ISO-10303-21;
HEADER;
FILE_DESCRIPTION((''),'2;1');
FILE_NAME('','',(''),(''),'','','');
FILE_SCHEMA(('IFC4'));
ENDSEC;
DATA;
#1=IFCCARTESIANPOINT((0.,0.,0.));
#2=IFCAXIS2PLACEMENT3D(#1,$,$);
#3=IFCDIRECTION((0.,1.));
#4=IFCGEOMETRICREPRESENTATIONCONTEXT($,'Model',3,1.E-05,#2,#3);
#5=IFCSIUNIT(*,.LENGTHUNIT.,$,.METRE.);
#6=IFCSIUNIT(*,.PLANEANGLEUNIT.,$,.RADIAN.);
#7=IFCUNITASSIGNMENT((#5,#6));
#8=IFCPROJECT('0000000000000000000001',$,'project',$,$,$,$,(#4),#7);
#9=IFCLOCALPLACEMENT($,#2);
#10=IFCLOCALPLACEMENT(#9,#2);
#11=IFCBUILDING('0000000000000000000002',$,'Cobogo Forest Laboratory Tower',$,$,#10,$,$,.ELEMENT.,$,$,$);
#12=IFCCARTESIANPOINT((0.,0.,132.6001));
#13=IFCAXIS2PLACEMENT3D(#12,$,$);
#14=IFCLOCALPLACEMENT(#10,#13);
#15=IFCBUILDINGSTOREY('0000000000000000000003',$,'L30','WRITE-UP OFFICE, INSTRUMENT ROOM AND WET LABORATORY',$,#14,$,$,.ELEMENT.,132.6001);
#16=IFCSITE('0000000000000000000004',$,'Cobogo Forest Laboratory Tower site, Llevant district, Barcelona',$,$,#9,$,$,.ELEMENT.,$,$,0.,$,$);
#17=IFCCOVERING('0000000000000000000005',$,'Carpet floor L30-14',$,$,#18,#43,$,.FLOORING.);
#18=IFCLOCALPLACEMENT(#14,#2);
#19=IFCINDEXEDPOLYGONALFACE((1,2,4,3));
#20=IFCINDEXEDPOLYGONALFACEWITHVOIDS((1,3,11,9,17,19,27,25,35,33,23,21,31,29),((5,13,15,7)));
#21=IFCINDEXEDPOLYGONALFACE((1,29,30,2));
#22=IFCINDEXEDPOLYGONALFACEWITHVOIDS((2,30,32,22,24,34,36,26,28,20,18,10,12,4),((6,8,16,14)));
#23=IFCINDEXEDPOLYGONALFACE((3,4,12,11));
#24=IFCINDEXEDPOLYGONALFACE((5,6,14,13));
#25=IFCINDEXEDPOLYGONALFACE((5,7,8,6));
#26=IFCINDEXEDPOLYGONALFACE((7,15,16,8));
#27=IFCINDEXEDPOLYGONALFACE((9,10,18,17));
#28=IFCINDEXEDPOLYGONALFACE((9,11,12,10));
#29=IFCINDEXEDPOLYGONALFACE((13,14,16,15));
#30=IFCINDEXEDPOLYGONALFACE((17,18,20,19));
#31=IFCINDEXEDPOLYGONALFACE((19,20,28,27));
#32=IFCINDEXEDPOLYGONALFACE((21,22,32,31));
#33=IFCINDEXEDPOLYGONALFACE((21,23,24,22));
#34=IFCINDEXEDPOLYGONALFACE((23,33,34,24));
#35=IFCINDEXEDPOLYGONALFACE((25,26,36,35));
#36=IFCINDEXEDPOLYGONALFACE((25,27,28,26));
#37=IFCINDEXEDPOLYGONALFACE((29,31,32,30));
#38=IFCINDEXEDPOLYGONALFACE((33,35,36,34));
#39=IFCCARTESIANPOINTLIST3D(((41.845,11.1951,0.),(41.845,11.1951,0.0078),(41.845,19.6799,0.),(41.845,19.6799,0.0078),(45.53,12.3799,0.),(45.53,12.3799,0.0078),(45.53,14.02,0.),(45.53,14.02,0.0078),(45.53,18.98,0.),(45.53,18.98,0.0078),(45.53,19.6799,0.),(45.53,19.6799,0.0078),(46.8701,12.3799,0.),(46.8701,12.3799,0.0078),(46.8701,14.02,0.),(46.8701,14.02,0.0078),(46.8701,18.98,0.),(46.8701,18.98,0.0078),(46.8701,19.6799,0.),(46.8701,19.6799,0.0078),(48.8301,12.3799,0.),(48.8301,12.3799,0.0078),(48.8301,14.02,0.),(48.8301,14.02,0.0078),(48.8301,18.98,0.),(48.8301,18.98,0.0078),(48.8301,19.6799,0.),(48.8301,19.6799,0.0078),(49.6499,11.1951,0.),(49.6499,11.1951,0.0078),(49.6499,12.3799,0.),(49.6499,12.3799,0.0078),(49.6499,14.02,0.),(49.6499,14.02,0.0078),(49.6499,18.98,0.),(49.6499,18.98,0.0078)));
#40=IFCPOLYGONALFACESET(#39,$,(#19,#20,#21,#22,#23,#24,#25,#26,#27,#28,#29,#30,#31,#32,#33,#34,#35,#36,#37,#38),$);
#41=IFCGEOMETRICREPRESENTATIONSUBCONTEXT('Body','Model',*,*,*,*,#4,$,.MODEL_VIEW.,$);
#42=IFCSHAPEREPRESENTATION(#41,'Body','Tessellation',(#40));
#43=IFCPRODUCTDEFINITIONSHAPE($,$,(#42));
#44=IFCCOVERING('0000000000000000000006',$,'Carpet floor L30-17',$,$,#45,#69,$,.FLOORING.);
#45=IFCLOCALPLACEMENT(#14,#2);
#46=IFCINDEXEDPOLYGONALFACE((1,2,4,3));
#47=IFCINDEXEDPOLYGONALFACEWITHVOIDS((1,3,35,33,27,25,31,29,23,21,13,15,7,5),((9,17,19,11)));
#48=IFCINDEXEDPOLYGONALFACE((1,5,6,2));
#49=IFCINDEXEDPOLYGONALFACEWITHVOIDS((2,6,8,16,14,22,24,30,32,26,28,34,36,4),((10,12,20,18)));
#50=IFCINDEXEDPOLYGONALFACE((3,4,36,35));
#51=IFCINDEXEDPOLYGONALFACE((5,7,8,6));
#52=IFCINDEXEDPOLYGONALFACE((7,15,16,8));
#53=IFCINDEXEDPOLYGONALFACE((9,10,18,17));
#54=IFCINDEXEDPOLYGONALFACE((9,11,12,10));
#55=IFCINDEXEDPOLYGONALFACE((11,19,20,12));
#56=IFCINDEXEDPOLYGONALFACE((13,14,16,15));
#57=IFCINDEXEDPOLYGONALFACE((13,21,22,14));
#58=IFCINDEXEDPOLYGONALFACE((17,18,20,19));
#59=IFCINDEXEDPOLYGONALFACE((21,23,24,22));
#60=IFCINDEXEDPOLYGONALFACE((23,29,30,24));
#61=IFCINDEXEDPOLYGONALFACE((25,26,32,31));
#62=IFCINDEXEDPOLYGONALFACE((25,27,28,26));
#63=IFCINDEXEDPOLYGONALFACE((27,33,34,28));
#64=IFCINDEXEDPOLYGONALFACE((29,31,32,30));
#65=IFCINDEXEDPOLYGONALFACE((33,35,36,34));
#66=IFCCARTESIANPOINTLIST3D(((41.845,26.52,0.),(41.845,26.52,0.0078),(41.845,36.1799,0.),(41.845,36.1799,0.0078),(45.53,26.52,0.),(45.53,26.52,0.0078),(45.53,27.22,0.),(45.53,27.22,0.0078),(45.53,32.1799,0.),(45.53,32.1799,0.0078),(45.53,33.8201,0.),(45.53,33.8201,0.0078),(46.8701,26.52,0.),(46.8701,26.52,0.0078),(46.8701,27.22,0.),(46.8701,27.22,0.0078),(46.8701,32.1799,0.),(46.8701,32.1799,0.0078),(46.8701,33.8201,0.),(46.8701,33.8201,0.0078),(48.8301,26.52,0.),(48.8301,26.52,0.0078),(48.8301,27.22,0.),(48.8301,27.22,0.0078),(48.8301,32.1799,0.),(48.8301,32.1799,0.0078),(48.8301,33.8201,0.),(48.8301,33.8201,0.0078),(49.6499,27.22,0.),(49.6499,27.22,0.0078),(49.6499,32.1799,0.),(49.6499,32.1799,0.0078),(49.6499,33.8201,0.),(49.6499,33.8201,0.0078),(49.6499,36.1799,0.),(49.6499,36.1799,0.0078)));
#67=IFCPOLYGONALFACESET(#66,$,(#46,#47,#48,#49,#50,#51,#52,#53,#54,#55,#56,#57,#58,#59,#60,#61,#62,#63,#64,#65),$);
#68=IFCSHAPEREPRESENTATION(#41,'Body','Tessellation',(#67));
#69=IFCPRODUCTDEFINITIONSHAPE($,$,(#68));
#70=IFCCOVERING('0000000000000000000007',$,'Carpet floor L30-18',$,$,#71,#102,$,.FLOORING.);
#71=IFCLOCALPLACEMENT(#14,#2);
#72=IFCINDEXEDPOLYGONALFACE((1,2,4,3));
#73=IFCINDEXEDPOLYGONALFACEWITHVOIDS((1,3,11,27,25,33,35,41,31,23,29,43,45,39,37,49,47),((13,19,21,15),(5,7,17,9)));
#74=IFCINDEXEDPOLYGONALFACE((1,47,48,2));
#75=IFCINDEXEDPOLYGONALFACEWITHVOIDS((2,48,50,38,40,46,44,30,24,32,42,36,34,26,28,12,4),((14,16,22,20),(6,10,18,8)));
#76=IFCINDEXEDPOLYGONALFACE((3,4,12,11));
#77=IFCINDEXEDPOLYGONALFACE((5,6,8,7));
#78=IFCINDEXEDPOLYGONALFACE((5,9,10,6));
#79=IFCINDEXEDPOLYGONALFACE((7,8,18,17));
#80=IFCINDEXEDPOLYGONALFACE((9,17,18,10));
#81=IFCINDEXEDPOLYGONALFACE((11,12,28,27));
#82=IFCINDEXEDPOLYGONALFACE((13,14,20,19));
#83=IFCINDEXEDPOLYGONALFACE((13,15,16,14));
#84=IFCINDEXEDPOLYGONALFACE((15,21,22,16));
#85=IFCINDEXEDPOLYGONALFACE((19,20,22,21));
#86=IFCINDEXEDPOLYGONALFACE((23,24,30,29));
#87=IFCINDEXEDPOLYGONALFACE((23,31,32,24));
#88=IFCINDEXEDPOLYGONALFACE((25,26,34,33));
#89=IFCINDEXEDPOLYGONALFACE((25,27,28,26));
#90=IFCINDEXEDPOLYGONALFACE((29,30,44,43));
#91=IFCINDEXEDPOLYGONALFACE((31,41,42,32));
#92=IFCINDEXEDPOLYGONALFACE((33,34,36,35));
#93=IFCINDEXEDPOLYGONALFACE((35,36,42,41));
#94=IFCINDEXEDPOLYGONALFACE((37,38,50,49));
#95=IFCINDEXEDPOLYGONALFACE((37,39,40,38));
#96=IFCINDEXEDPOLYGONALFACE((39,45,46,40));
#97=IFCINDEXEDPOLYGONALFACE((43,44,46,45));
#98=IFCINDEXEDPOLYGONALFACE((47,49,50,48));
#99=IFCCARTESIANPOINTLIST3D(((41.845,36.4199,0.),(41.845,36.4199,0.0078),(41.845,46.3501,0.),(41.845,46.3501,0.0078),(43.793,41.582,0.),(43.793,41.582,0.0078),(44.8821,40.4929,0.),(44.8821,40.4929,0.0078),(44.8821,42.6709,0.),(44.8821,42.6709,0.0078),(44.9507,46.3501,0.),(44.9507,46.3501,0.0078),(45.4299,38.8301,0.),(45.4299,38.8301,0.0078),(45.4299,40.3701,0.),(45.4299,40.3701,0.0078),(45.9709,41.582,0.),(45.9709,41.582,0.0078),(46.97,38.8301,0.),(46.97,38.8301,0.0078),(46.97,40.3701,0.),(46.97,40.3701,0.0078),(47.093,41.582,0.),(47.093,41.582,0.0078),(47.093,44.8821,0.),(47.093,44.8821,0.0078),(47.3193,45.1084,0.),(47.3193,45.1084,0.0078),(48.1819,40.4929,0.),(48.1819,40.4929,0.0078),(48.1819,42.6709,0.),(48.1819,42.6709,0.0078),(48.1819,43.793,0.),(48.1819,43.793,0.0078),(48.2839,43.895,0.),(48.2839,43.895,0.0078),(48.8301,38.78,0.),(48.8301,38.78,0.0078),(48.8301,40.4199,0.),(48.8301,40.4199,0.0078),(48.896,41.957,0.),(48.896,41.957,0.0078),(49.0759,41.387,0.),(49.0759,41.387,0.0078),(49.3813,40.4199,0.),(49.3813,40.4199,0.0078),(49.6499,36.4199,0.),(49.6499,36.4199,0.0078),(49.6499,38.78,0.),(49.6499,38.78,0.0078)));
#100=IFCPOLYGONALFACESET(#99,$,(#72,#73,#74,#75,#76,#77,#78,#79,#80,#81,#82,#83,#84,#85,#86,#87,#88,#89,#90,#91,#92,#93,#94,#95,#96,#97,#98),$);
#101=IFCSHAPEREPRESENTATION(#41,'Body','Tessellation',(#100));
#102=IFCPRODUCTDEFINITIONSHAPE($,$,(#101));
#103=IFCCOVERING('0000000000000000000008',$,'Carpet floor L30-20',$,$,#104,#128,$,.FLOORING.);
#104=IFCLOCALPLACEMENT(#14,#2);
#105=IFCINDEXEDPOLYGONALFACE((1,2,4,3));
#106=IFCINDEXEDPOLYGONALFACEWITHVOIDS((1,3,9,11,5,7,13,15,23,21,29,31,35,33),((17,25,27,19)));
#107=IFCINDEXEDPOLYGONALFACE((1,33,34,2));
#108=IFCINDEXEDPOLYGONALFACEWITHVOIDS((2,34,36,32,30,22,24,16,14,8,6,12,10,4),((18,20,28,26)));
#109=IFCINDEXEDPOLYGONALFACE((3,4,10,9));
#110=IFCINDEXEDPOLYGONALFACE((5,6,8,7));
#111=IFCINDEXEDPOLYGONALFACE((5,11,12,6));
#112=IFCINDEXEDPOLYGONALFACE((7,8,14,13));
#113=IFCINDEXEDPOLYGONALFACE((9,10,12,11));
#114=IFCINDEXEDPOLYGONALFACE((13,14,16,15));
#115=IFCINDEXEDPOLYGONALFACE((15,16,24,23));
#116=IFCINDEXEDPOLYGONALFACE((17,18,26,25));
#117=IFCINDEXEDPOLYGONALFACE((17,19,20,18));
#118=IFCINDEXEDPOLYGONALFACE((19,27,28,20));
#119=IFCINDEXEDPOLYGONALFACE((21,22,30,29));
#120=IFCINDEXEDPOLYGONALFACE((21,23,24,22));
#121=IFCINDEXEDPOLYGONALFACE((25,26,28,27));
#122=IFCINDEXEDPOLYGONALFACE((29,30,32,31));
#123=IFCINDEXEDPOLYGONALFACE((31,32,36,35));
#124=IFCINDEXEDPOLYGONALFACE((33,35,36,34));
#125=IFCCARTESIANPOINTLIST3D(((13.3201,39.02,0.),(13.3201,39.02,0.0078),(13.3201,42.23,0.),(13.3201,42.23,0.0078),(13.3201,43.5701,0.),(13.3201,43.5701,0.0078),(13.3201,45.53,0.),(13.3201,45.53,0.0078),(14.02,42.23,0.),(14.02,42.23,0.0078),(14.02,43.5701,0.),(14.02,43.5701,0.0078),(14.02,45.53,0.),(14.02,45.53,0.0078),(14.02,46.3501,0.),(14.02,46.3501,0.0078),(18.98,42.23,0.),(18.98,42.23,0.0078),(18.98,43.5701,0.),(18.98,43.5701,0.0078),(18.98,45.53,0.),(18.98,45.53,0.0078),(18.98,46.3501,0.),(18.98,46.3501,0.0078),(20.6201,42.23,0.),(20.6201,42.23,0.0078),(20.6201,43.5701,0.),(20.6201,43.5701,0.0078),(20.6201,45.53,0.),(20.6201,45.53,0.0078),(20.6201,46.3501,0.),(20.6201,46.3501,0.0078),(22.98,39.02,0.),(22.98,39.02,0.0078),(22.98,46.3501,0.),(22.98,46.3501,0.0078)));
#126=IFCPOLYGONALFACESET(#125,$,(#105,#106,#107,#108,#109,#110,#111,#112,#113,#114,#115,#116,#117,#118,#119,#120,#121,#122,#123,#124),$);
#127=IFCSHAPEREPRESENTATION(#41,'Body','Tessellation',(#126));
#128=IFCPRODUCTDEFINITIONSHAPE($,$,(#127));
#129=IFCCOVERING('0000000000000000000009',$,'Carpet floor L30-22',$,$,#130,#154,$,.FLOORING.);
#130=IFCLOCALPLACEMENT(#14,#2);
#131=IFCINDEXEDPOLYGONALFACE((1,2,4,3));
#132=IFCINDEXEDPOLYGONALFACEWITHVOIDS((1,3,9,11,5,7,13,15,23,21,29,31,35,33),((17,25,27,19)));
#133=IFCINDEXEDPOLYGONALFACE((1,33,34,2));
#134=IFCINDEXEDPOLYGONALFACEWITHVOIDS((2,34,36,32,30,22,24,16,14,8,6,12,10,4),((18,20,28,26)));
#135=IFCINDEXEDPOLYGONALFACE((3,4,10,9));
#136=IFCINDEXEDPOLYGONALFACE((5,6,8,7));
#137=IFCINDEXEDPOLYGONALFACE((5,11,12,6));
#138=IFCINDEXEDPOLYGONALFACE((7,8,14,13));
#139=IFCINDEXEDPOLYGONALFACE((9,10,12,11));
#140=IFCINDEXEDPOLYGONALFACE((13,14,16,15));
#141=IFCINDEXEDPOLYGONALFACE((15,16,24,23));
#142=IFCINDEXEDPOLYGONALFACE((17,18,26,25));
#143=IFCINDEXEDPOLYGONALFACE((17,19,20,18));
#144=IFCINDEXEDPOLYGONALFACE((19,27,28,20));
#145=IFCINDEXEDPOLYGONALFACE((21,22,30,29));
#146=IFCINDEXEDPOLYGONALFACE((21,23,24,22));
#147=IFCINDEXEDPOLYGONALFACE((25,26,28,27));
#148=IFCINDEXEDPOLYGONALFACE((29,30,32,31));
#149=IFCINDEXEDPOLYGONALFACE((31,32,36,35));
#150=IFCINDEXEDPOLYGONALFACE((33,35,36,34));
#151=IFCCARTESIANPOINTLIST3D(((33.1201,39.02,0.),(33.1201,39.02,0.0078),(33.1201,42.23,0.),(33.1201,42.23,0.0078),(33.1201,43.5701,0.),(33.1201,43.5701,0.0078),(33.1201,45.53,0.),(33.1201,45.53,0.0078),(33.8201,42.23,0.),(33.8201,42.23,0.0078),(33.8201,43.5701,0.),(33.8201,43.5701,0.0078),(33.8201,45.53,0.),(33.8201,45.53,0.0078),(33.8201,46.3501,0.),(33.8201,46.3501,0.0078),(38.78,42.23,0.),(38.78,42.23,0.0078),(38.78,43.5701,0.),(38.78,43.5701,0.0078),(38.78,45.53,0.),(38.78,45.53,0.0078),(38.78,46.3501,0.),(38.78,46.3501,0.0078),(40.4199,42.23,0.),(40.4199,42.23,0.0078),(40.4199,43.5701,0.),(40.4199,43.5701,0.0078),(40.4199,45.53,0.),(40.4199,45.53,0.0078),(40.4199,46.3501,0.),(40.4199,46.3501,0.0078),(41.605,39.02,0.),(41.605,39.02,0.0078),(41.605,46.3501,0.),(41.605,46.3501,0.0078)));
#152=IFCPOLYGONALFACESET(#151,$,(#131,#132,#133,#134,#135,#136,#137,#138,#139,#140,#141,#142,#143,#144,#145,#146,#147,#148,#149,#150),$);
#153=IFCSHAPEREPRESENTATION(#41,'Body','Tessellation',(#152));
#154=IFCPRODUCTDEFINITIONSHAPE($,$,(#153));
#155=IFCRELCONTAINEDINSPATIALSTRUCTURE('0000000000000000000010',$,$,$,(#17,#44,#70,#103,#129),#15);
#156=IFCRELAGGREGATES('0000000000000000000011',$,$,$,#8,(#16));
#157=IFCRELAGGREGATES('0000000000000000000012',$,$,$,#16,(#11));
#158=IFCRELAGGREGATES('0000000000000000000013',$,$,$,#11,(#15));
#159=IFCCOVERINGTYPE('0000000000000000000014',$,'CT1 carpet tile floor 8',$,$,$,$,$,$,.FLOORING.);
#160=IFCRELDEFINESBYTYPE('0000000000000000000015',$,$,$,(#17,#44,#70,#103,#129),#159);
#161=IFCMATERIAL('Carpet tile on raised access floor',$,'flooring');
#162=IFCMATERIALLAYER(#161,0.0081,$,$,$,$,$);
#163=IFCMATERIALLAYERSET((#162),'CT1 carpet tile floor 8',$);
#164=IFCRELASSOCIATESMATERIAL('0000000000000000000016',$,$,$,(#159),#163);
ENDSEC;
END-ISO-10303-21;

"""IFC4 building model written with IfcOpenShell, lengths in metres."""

from ifc_helpers import new_model, si_unit, direction, frame, origin, place, context, subcontext, project, spatial, polyline, outline, extrude, material, layer, layer_set, type_object, element, save


model = new_model("IFC4")

# Units and contexts
model_context = context("Model", 3, precision=1e-05, world=origin(), true_north=direction((0.0, 1.0)))
body_context = subcontext(model_context, "Body", "Model", "MODEL_VIEW")
ifc_project = project(units=[si_unit("LENGTHUNIT", "METRE"), si_unit("PLANEANGLEUNIT", "RADIAN")], contexts=[model_context])

# Site, building, storey
site_placement = place(None, origin())
site = spatial("IfcSite", under=ifc_project, at=site_placement, Name="Cobogo Forest Laboratory Tower site, Llevant district, Barcelona", CompositionType="ELEMENT", RefElevation=0.0)
building_placement = place(site_placement, origin())
building = spatial("IfcBuilding", under=site, at=building_placement, Name="Cobogo Forest Laboratory Tower", CompositionType="ELEMENT")
storey_placement = place(building_placement, frame((0.0, 0.0, 132.6001)))
storey = spatial("IfcBuildingStorey", under=building, at=storey_placement, Name="L30", Description="WRITE-UP OFFICE, INSTRUMENT ROOM AND WET LABORATORY", CompositionType="ELEMENT", Elevation=132.6001)

# Coverings
ifc_material_1 = material(Name="Carpet tile on raised access floor", Category="flooring")
ifc_layer_1 = layer(ifc_material_1, 0.0081)
ifc_layer_set_1 = layer_set([ifc_layer_1], Name="CT1 carpet tile floor 8")
covering_type_1 = type_object("IfcCoveringType", Name="CT1 carpet tile floor 8", PredefinedType="FLOORING", material=ifc_layer_set_1)
covering_1_placement = place(storey_placement, origin())
element("IfcCovering", 1, at=covering_1_placement, inside=storey, type_object=covering_type_1, Name="Carpet floor L30-14", PredefinedType="FLOORING", context=body_context, shape_type="SweptSolid", body=[
    extrude(outline(polyline([(41.845, 19.6799), (45.53, 19.6799), (45.53, 18.98), (46.8701, 18.98), (46.8701, 19.6799), (48.8301, 19.6799), (48.8301, 18.98), (49.6499, 18.98), (49.6499, 14.02), (48.8301, 14.02), (48.8301, 12.3799), (49.6499, 12.3799), (49.6499, 11.1951), (41.845, 11.1951), (41.845, 19.6799)]), holes=[polyline([(45.53, 12.3799), (46.8701, 12.3799), (46.8701, 14.02), (45.53, 14.02), (45.53, 12.3799)])]), origin(), (0.0, 0.0, 1.0), 0.0078),
])
covering_2_placement = place(storey_placement, origin())
element("IfcCovering", 2, at=covering_2_placement, inside=storey, type_object=covering_type_1, Name="Carpet floor L30-17", PredefinedType="FLOORING", context=body_context, shape_type="SweptSolid", body=[
    extrude(outline(polyline([(41.845, 36.1799), (49.6499, 36.1799), (49.6499, 33.8201), (48.8301, 33.8201), (48.8301, 32.1799), (49.6499, 32.1799), (49.6499, 27.22), (48.8301, 27.22), (48.8301, 26.52), (46.8701, 26.52), (46.8701, 27.22), (45.53, 27.22), (45.53, 26.52), (41.845, 26.52), (41.845, 36.1799)]), holes=[polyline([(46.8701, 32.1799), (46.8701, 33.8201), (45.53, 33.8201), (45.53, 32.1799), (46.8701, 32.1799)])]), origin(), (0.0, 0.0, 1.0), 0.0078),
])
covering_3_placement = place(storey_placement, origin())
element("IfcCovering", 3, at=covering_3_placement, inside=storey, type_object=covering_type_1, Name="Carpet floor L30-18", PredefinedType="FLOORING", context=body_context, shape_type="SweptSolid", body=[
    extrude(outline(polyline([(41.845, 46.3501), (44.9507, 46.3501), (47.3193, 45.1084), (47.093, 44.8821), (48.1819, 43.793), (48.2839, 43.895), (48.896, 41.957), (48.1819, 42.6709), (47.093, 41.582), (48.1819, 40.4929), (49.0759, 41.387), (49.3813, 40.4199), (48.8301, 40.4199), (48.8301, 38.78), (49.6499, 38.78), (49.6499, 36.4199), (41.845, 36.4199), (41.845, 46.3501)]), holes=[polyline([(45.4299, 40.3701), (45.4299, 38.8301), (46.97, 38.8301), (46.97, 40.3701), (45.4299, 40.3701)]), polyline([(43.793, 41.582), (44.8821, 40.4929), (45.9709, 41.582), (44.8821, 42.6709), (43.793, 41.582)])]), origin(), (0.0, 0.0, 1.0), 0.0078),
])
covering_4_placement = place(storey_placement, origin())
element("IfcCovering", 4, at=covering_4_placement, inside=storey, type_object=covering_type_1, Name="Carpet floor L30-20", PredefinedType="FLOORING", context=body_context, shape_type="SweptSolid", body=[
    extrude(outline(polyline([(13.3201, 39.02), (13.3201, 42.23), (14.02, 42.23), (14.02, 43.5701), (13.3201, 43.5701), (13.3201, 45.53), (14.02, 45.53), (14.02, 46.3501), (18.98, 46.3501), (18.98, 45.53), (20.6201, 45.53), (20.6201, 46.3501), (22.98, 46.3501), (22.98, 39.02), (13.3201, 39.02)]), holes=[polyline([(18.98, 42.23), (20.6201, 42.23), (20.6201, 43.5701), (18.98, 43.5701), (18.98, 42.23)])]), origin(), (0.0, 0.0, 1.0), 0.0078),
])
covering_5_placement = place(storey_placement, origin())
element("IfcCovering", 5, at=covering_5_placement, inside=storey, type_object=covering_type_1, Name="Carpet floor L30-22", PredefinedType="FLOORING", context=body_context, shape_type="SweptSolid", body=[
    extrude(outline(polyline([(33.1201, 39.02), (33.1201, 42.23), (33.8201, 42.23), (33.8201, 43.5701), (33.1201, 43.5701), (33.1201, 45.53), (33.8201, 45.53), (33.8201, 46.3501), (38.78, 46.3501), (38.78, 45.53), (40.4199, 45.53), (40.4199, 46.3501), (41.605, 46.3501), (41.605, 39.02), (33.1201, 39.02)]), holes=[polyline([(38.78, 43.5701), (38.78, 42.23), (40.4199, 42.23), (40.4199, 43.5701), (38.78, 43.5701)])]), origin(), (0.0, 0.0, 1.0), 0.0078),
])

save(model, "model.ifc")
